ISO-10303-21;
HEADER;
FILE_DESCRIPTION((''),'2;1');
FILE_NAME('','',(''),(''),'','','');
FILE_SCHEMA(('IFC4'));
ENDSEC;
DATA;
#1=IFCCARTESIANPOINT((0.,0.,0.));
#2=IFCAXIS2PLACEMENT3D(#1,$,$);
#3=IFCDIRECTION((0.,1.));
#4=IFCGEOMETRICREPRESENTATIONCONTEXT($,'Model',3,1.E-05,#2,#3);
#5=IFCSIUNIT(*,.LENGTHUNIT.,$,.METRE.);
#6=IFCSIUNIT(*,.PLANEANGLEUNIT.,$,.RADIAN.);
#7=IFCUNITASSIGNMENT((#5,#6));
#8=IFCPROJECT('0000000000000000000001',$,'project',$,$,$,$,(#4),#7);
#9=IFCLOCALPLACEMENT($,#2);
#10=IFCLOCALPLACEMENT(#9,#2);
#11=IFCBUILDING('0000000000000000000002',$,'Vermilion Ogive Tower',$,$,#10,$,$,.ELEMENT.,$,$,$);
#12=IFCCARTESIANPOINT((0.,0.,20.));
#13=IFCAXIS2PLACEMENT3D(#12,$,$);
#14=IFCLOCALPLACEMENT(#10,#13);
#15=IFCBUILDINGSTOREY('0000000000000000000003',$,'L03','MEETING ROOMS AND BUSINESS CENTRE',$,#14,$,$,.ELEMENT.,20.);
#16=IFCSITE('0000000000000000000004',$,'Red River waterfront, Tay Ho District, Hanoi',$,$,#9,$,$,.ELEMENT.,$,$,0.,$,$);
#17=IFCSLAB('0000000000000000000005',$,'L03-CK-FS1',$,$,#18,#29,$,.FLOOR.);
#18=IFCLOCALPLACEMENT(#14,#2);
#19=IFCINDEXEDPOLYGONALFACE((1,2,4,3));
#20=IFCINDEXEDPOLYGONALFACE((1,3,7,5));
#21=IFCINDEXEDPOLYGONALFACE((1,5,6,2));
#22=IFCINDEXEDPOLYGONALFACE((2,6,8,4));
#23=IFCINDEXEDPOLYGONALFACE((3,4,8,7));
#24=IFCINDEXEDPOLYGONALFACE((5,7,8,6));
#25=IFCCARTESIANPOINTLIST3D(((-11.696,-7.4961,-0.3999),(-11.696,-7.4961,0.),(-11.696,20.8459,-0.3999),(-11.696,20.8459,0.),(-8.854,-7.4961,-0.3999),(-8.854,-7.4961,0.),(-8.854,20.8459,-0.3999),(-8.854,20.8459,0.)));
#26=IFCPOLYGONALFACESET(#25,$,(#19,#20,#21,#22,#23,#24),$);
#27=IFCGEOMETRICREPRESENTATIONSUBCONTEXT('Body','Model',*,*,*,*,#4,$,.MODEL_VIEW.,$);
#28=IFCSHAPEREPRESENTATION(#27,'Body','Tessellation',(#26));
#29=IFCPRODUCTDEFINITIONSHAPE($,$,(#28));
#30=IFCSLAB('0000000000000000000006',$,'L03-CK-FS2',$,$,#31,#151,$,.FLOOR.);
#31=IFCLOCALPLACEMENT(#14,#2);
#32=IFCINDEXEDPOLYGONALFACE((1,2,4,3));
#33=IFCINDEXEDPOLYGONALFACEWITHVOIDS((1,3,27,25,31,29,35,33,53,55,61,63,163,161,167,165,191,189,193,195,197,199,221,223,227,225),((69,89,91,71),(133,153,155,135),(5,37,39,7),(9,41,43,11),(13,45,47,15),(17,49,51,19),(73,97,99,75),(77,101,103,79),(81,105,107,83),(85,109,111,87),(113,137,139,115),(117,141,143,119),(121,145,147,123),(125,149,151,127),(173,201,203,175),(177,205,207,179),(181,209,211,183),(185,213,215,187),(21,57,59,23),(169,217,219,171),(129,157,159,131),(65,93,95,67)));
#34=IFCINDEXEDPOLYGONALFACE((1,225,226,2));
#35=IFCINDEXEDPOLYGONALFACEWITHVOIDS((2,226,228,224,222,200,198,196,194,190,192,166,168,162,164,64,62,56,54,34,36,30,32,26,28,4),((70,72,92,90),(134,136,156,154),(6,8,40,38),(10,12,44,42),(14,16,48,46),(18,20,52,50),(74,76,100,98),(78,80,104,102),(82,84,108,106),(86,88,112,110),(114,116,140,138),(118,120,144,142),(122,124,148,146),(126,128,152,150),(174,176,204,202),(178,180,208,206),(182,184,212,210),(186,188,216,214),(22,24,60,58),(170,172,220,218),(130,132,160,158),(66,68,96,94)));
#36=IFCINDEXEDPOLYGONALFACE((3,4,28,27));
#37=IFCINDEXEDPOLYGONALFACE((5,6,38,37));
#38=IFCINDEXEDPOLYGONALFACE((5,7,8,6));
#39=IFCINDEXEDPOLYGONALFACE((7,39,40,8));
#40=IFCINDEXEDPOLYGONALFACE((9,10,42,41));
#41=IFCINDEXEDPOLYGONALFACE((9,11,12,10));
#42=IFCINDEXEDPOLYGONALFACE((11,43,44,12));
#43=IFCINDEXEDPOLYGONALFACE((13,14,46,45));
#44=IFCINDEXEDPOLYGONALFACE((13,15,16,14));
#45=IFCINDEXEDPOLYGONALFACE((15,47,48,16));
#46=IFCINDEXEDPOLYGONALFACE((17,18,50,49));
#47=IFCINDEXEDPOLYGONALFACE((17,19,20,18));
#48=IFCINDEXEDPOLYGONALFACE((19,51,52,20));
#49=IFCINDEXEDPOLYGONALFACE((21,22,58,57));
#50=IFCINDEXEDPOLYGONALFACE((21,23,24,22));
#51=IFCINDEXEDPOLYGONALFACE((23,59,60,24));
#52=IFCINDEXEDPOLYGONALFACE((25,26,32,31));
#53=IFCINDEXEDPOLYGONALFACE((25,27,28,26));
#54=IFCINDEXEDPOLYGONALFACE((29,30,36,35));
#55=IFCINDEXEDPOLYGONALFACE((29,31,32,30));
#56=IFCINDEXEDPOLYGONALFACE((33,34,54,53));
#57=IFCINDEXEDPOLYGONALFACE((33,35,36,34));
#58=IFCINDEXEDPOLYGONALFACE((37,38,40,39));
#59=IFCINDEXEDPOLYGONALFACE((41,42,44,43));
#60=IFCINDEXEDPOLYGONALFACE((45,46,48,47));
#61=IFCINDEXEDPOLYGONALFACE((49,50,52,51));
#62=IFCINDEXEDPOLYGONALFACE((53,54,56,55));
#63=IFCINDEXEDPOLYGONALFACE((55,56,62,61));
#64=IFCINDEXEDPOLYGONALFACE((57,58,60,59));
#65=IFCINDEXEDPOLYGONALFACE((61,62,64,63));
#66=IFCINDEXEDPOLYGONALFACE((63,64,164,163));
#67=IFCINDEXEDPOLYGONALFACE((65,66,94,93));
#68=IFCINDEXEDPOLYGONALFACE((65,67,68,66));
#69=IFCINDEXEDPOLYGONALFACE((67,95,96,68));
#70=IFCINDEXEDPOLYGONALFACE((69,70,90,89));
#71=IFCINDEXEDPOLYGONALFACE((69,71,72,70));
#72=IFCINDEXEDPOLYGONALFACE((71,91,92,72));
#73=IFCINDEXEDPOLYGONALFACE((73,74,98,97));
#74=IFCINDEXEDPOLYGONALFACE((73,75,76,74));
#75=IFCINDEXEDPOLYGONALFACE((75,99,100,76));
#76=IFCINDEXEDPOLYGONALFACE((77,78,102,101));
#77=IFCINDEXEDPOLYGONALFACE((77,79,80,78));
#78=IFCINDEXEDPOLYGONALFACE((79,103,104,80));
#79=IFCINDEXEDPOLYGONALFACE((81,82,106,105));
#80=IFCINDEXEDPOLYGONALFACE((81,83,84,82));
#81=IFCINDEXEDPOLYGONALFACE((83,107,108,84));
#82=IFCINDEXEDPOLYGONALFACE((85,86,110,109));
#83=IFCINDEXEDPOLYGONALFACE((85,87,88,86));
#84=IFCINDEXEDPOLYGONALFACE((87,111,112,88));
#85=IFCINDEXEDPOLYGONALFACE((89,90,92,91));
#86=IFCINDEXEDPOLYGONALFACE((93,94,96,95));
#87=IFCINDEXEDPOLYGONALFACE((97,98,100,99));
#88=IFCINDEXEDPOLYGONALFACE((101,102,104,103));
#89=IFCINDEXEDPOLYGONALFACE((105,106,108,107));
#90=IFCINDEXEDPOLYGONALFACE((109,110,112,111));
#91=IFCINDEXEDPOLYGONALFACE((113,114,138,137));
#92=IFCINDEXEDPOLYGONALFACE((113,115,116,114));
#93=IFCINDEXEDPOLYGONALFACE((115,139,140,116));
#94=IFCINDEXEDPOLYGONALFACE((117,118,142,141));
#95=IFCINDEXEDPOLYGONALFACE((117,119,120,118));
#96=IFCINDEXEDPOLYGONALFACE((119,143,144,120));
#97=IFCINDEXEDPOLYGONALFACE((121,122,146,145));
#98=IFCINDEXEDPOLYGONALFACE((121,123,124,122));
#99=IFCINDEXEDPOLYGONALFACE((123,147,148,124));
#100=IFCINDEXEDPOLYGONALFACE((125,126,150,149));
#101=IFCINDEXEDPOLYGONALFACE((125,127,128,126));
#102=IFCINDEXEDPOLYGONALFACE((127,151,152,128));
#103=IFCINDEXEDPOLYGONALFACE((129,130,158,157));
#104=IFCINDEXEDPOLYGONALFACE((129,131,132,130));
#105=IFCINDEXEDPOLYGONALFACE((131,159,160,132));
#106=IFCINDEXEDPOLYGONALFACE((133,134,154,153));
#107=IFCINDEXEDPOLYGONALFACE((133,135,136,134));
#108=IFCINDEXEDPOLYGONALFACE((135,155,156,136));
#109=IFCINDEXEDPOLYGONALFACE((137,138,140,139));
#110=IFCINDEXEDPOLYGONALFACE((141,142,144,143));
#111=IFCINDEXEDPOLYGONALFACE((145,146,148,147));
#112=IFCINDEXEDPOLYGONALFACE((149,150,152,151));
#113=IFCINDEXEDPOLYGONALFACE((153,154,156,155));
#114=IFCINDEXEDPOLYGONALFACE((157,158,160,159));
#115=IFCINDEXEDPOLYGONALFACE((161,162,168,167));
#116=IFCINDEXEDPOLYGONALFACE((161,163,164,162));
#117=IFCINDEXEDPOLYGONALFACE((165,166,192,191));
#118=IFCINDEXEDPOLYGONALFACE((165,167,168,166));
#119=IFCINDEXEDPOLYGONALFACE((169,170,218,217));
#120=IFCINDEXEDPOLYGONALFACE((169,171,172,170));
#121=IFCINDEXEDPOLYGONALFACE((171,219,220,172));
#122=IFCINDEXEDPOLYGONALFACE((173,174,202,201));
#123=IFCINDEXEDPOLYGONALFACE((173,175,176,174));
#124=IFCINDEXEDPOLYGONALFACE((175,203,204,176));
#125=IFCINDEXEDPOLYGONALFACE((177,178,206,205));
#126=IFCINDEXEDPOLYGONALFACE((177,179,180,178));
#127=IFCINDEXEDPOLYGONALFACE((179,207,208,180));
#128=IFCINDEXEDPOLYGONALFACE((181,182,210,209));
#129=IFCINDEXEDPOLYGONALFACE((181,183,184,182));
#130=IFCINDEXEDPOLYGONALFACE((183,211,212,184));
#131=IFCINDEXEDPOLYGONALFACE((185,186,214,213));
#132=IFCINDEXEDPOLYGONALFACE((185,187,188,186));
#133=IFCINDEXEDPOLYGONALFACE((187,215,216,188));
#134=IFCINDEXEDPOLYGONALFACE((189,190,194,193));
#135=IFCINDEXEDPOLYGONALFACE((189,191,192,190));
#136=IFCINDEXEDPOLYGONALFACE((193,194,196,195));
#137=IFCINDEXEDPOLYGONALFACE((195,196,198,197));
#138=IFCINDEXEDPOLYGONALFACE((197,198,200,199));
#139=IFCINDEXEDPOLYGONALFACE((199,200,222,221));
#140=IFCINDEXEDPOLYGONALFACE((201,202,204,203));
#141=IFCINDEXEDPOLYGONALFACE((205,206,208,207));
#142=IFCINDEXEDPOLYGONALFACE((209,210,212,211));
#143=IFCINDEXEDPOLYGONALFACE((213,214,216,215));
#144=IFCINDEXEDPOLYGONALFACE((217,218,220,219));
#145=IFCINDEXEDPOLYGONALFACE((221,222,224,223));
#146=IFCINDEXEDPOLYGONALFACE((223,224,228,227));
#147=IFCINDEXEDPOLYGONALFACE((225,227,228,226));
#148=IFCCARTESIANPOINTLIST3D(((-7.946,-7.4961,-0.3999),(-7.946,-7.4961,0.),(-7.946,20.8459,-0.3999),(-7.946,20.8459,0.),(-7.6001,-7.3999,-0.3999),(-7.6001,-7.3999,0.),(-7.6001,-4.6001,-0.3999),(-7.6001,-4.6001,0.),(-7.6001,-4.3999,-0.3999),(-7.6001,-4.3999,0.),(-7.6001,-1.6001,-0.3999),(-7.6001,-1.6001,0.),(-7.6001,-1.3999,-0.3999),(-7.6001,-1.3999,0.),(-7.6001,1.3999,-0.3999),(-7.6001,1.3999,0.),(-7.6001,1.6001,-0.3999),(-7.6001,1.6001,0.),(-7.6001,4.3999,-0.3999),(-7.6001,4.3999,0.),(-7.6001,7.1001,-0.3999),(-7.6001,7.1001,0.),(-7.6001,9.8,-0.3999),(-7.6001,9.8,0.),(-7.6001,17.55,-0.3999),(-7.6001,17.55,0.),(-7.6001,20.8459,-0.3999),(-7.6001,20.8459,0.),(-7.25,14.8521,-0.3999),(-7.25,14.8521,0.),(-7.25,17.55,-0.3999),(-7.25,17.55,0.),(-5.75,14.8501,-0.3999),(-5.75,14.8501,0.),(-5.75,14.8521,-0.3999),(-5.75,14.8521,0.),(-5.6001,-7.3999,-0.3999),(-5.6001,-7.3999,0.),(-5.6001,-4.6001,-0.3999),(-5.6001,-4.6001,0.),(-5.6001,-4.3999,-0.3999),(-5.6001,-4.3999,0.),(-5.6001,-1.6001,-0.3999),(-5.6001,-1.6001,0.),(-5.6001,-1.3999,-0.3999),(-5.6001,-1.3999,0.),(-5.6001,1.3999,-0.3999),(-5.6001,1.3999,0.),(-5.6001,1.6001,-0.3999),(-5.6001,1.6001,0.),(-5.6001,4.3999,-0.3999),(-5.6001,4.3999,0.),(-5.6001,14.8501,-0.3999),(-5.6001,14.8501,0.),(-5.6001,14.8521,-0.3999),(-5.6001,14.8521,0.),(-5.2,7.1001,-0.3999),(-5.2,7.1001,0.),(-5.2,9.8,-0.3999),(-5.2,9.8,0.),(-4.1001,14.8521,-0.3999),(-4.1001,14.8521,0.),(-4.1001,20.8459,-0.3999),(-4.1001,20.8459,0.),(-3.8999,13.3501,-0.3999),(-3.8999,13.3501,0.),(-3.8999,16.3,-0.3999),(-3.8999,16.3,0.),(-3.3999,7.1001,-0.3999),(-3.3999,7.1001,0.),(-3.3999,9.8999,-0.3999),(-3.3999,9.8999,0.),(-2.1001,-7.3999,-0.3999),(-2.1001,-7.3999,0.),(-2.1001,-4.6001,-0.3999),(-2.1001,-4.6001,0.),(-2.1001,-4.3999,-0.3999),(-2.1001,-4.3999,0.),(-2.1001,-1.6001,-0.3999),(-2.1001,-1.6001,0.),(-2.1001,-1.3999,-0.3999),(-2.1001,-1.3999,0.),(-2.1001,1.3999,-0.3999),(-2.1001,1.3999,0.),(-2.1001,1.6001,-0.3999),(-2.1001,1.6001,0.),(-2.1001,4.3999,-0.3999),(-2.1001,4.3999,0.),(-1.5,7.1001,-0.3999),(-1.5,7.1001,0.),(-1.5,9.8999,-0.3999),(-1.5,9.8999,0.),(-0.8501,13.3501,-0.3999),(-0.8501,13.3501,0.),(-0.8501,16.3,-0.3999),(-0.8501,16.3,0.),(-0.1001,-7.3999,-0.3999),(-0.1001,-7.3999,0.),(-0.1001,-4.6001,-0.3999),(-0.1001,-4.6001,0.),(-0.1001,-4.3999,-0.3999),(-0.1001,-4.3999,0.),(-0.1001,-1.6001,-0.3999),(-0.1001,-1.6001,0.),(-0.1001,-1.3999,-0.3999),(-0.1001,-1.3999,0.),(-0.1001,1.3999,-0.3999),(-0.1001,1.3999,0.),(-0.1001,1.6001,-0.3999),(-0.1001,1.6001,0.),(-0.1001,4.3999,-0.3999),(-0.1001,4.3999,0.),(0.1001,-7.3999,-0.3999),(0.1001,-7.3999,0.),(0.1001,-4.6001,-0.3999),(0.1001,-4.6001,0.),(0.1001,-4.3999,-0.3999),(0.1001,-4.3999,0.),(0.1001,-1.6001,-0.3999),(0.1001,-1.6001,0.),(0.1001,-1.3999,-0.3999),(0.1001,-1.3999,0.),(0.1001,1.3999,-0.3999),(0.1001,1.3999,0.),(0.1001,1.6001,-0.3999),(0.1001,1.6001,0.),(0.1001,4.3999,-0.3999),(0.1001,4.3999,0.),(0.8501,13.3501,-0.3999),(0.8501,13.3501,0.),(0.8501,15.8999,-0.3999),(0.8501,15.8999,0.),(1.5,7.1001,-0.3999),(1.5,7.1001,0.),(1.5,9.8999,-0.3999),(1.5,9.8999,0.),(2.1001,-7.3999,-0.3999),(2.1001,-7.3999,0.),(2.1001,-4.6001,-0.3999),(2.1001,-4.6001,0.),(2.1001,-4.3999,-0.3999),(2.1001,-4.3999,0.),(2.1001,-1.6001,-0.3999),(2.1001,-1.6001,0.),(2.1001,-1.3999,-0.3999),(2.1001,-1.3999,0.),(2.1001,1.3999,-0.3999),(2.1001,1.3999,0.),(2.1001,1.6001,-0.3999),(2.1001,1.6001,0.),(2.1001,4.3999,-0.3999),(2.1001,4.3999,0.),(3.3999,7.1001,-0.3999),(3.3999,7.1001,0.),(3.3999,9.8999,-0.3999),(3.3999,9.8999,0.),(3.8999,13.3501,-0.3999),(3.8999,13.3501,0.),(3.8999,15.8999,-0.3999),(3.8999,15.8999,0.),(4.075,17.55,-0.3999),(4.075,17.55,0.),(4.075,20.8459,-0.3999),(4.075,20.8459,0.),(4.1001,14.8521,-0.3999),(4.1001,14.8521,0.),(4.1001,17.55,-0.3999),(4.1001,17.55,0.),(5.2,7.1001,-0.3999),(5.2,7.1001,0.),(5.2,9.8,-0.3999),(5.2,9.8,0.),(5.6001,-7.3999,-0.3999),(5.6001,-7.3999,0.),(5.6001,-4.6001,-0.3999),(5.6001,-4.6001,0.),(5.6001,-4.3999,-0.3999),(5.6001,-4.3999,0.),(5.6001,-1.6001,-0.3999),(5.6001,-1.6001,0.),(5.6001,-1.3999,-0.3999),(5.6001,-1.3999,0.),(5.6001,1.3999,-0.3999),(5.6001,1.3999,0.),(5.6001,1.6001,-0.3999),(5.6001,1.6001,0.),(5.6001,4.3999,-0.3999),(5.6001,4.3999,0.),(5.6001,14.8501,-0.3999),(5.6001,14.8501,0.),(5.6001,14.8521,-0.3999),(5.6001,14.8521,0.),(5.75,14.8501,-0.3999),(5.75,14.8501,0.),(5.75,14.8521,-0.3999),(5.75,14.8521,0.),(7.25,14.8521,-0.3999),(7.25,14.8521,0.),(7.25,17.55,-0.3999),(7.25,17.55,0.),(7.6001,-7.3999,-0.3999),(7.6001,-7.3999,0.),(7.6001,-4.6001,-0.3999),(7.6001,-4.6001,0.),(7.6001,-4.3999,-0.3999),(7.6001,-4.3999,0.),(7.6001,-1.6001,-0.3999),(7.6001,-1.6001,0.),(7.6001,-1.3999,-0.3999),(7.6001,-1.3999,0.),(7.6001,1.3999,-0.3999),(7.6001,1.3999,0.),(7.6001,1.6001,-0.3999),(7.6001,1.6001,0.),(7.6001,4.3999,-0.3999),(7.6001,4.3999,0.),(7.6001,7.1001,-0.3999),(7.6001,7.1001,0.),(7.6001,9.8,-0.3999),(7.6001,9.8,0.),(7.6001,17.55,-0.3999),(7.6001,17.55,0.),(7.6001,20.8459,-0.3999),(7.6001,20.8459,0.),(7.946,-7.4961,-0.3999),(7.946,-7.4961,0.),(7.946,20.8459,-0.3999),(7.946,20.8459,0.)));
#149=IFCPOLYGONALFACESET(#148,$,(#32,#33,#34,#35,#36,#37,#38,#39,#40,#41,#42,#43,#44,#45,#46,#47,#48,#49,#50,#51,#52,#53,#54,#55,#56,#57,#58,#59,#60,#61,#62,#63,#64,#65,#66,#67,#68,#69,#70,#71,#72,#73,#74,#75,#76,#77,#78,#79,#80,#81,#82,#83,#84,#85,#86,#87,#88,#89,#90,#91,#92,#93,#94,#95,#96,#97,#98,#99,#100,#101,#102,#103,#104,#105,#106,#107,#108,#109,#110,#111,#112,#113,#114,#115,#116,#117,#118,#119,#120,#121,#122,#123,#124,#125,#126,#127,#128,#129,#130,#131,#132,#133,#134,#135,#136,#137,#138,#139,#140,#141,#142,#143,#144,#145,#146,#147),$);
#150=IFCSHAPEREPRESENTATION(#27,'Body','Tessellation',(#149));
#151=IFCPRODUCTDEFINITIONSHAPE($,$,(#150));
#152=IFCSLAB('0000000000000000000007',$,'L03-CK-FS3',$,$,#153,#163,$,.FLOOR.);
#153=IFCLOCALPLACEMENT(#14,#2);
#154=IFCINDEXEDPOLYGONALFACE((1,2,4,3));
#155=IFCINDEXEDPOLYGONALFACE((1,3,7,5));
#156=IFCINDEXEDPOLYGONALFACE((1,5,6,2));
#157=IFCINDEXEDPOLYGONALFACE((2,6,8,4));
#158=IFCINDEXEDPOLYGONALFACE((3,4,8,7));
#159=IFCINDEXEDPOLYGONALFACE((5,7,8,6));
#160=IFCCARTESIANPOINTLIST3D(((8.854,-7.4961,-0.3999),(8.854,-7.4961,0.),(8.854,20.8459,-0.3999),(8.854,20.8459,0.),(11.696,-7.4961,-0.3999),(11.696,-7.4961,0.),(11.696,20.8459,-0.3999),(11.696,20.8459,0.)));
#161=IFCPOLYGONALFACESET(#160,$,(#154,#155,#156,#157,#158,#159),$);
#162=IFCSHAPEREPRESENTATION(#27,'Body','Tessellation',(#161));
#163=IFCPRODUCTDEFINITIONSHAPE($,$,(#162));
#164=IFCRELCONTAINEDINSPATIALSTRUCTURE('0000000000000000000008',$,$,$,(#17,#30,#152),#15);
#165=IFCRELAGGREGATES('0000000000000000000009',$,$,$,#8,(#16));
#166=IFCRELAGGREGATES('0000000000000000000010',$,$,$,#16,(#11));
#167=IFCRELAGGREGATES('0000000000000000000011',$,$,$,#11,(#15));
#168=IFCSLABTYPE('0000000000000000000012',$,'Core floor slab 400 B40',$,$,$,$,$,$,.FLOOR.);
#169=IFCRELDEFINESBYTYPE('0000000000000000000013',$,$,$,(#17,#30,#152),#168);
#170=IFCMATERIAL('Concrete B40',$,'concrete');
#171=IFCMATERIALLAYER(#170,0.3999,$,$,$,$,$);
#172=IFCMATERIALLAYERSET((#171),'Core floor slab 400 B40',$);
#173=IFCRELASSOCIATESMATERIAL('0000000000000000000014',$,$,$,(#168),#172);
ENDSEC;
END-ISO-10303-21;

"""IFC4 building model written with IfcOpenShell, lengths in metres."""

from ifc_helpers import new_model, si_unit, direction, frame, origin, place, context, subcontext, project, spatial, polyline, outline, extrude, material, layer, layer_set, type_object, element, save


model = new_model("IFC4")

# Units and contexts
model_context = context("Model", 3, precision=1e-05, world=origin(), true_north=direction((0.0, 1.0)))
body_context = subcontext(model_context, "Body", "Model", "MODEL_VIEW")
ifc_project = project(units=[si_unit("LENGTHUNIT", "METRE"), si_unit("PLANEANGLEUNIT", "RADIAN")], contexts=[model_context])

# Site, building, storey
site_placement = place(None, origin())
site = spatial("IfcSite", under=ifc_project, at=site_placement, Name="Red River waterfront, Tay Ho District, Hanoi", CompositionType="ELEMENT", RefElevation=0.0)
building_placement = place(site_placement, origin())
building = spatial("IfcBuilding", under=site, at=building_placement, Name="Vermilion Ogive Tower", CompositionType="ELEMENT")
storey_placement = place(building_placement, frame((0.0, 0.0, 20.0)))
storey = spatial("IfcBuildingStorey", under=building, at=storey_placement, Name="L03", Description="MEETING ROOMS AND BUSINESS CENTRE", CompositionType="ELEMENT", Elevation=20.0)

# Slabs
ifc_material_1 = material(Name="Concrete B40", Category="concrete")
ifc_layer_1 = layer(ifc_material_1, 0.3999)
ifc_layer_set_1 = layer_set([ifc_layer_1], Name="Core floor slab 400 B40")
slab_type_1 = type_object("IfcSlabType", Name="Core floor slab 400 B40", PredefinedType="FLOOR", material=ifc_layer_set_1)
slab_1_placement = place(storey_placement, frame((0.0, 0.0, -0.3999)))
element("IfcSlab", 1, at=slab_1_placement, inside=storey, type_object=slab_type_1, Name="L03-CK-FS1", PredefinedType="FLOOR", context=body_context, shape_type="SweptSolid", body=[
    extrude(outline(polyline([(-8.854, -7.4961), (-11.696, -7.4961), (-11.696, 20.8459), (-8.854, 20.8459), (-8.854, -7.4961)])), origin(), (0.0, 0.0, 1.0), 0.3999),
])
slab_2_placement = place(storey_placement, frame((0.0, 0.0, -0.3999)))
element("IfcSlab", 2, at=slab_2_placement, inside=storey, type_object=slab_type_1, Name="L03-CK-FS2", PredefinedType="FLOOR", context=body_context, shape_type="SweptSolid", body=[
    extrude(outline(polyline([(5.75, 14.8501), (5.6001, 14.8501), (5.6001, 14.8521), (4.1001, 14.8521), (4.1001, 17.55), (4.075, 17.55), (4.075, 20.8459), (-4.1001, 20.8459), (-4.1001, 14.8521), (-5.6001, 14.8521), (-5.6001, 14.8501), (-5.75, 14.8501), (-5.75, 14.8521), (-7.25, 14.8521), (-7.25, 17.55), (-7.6001, 17.55), (-7.6001, 20.8459), (-7.946, 20.8459), (-7.946, -7.4961), (7.946, -7.4961), (7.946, 20.8459), (7.6001, 20.8459), (7.6001, 17.55), (7.25, 17.55), (7.25, 14.8521), (5.75, 14.8521), (5.75, 14.8501)]), holes=[polyline([(-7.6001, -4.6001), (-5.6001, -4.6001), (-5.6001, -7.3999), (-7.6001, -7.3999), (-7.6001, -4.6001)]), polyline([(-2.1001, -4.6001), (-0.1001, -4.6001), (-0.1001, -7.3999), (-2.1001, -7.3999), (-2.1001, -4.6001)]), polyline([(-7.6001, -1.6001), (-5.6001, -1.6001), (-5.6001, -4.3999), (-7.6001, -4.3999), (-7.6001, -1.6001)]), polyline([(-2.1001, -1.6001), (-0.1001, -1.6001), (-0.1001, -4.3999), (-2.1001, -4.3999), (-2.1001, -1.6001)]), polyline([(-5.6001, 1.3999), (-5.6001, -1.3999), (-7.6001, -1.3999), (-7.6001, 1.3999), (-5.6001, 1.3999)]), polyline([(-2.1001, 1.3999), (-0.1001, 1.3999), (-0.1001, -1.3999), (-2.1001, -1.3999), (-2.1001, 1.3999)]), polyline([(0.1001, 4.3999), (2.1001, 4.3999), (2.1001, 1.6001), (0.1001, 1.6001), (0.1001, 4.3999)]), polyline([(-2.1001, 4.3999), (-0.1001, 4.3999), (-0.1001, 1.6001), (-2.1001, 1.6001), (-2.1001, 4.3999)]), polyline([(-5.6001, 4.3999), (-5.6001, 1.6001), (-7.6001, 1.6001), (-7.6001, 4.3999), (-5.6001, 4.3999)]), polyline([(-5.2, 9.8), (-5.2, 7.1001), (-7.6001, 7.1001), (-7.6001, 9.8), (-5.2, 9.8)]), polyline([(-3.3999, 9.8999), (-1.5, 9.8999), (-1.5, 7.1001), (-3.3999, 7.1001), (-3.3999, 9.8999)]), polyline([(-3.8999, 16.3), (-0.8501, 16.3), (-0.8501, 13.3501), (-3.8999, 13.3501), (-3.8999, 16.3)]), polyline([(0.1001, -4.6001), (2.1001, -4.6001), (2.1001, -7.3999), (0.1001, -7.3999), (0.1001, -4.6001)]), polyline([(5.6001, -4.6001), (7.6001, -4.6001), (7.6001, -7.3999), (5.6001, -7.3999), (5.6001, -4.6001)]), polyline([(5.6001, -1.6001), (7.6001, -1.6001), (7.6001, -4.3999), (5.6001, -4.3999), (5.6001, -1.6001)]), polyline([(2.1001, -1.6001), (2.1001, -4.3999), (0.1001, -4.3999), (0.1001, -1.6001), (2.1001, -1.6001)]), polyline([(5.6001, 1.3999), (7.6001, 1.3999), (7.6001, -1.3999), (5.6001, -1.3999), (5.6001, 1.3999)]), polyline([(0.1001, 1.3999), (2.1001, 1.3999), (2.1001, -1.3999), (0.1001, -1.3999), (0.1001, 1.3999)]), polyline([(7.6001, 4.3999), (7.6001, 1.6001), (5.6001, 1.6001), (5.6001, 4.3999), (7.6001, 4.3999)]), polyline([(7.6001, 9.8), (7.6001, 7.1001), (5.2, 7.1001), (5.2, 9.8), (7.6001, 9.8)]), polyline([(1.5, 9.8999), (3.3999, 9.8999), (3.3999, 7.1001), (1.5, 7.1001), (1.5, 9.8999)]), polyline([(0.8501, 15.8999), (3.8999, 15.8999), (3.8999, 13.3501), (0.8501, 13.3501), (0.8501, 15.8999)])]), origin(), (0.0, 0.0, 1.0), 0.3999),
])
slab_3_placement = place(storey_placement, frame((0.0, 0.0, -0.3999)))
element("IfcSlab", 3, at=slab_3_placement, inside=storey, type_object=slab_type_1, Name="L03-CK-FS3", PredefinedType="FLOOR", context=body_context, shape_type="SweptSolid", body=[
    extrude(outline(polyline([(8.854, 20.8459), (11.696, 20.8459), (11.696, -7.4961), (8.854, -7.4961), (8.854, 20.8459)])), origin(), (0.0, 0.0, 1.0), 0.3999),
])

save(model, "model.ifc")
